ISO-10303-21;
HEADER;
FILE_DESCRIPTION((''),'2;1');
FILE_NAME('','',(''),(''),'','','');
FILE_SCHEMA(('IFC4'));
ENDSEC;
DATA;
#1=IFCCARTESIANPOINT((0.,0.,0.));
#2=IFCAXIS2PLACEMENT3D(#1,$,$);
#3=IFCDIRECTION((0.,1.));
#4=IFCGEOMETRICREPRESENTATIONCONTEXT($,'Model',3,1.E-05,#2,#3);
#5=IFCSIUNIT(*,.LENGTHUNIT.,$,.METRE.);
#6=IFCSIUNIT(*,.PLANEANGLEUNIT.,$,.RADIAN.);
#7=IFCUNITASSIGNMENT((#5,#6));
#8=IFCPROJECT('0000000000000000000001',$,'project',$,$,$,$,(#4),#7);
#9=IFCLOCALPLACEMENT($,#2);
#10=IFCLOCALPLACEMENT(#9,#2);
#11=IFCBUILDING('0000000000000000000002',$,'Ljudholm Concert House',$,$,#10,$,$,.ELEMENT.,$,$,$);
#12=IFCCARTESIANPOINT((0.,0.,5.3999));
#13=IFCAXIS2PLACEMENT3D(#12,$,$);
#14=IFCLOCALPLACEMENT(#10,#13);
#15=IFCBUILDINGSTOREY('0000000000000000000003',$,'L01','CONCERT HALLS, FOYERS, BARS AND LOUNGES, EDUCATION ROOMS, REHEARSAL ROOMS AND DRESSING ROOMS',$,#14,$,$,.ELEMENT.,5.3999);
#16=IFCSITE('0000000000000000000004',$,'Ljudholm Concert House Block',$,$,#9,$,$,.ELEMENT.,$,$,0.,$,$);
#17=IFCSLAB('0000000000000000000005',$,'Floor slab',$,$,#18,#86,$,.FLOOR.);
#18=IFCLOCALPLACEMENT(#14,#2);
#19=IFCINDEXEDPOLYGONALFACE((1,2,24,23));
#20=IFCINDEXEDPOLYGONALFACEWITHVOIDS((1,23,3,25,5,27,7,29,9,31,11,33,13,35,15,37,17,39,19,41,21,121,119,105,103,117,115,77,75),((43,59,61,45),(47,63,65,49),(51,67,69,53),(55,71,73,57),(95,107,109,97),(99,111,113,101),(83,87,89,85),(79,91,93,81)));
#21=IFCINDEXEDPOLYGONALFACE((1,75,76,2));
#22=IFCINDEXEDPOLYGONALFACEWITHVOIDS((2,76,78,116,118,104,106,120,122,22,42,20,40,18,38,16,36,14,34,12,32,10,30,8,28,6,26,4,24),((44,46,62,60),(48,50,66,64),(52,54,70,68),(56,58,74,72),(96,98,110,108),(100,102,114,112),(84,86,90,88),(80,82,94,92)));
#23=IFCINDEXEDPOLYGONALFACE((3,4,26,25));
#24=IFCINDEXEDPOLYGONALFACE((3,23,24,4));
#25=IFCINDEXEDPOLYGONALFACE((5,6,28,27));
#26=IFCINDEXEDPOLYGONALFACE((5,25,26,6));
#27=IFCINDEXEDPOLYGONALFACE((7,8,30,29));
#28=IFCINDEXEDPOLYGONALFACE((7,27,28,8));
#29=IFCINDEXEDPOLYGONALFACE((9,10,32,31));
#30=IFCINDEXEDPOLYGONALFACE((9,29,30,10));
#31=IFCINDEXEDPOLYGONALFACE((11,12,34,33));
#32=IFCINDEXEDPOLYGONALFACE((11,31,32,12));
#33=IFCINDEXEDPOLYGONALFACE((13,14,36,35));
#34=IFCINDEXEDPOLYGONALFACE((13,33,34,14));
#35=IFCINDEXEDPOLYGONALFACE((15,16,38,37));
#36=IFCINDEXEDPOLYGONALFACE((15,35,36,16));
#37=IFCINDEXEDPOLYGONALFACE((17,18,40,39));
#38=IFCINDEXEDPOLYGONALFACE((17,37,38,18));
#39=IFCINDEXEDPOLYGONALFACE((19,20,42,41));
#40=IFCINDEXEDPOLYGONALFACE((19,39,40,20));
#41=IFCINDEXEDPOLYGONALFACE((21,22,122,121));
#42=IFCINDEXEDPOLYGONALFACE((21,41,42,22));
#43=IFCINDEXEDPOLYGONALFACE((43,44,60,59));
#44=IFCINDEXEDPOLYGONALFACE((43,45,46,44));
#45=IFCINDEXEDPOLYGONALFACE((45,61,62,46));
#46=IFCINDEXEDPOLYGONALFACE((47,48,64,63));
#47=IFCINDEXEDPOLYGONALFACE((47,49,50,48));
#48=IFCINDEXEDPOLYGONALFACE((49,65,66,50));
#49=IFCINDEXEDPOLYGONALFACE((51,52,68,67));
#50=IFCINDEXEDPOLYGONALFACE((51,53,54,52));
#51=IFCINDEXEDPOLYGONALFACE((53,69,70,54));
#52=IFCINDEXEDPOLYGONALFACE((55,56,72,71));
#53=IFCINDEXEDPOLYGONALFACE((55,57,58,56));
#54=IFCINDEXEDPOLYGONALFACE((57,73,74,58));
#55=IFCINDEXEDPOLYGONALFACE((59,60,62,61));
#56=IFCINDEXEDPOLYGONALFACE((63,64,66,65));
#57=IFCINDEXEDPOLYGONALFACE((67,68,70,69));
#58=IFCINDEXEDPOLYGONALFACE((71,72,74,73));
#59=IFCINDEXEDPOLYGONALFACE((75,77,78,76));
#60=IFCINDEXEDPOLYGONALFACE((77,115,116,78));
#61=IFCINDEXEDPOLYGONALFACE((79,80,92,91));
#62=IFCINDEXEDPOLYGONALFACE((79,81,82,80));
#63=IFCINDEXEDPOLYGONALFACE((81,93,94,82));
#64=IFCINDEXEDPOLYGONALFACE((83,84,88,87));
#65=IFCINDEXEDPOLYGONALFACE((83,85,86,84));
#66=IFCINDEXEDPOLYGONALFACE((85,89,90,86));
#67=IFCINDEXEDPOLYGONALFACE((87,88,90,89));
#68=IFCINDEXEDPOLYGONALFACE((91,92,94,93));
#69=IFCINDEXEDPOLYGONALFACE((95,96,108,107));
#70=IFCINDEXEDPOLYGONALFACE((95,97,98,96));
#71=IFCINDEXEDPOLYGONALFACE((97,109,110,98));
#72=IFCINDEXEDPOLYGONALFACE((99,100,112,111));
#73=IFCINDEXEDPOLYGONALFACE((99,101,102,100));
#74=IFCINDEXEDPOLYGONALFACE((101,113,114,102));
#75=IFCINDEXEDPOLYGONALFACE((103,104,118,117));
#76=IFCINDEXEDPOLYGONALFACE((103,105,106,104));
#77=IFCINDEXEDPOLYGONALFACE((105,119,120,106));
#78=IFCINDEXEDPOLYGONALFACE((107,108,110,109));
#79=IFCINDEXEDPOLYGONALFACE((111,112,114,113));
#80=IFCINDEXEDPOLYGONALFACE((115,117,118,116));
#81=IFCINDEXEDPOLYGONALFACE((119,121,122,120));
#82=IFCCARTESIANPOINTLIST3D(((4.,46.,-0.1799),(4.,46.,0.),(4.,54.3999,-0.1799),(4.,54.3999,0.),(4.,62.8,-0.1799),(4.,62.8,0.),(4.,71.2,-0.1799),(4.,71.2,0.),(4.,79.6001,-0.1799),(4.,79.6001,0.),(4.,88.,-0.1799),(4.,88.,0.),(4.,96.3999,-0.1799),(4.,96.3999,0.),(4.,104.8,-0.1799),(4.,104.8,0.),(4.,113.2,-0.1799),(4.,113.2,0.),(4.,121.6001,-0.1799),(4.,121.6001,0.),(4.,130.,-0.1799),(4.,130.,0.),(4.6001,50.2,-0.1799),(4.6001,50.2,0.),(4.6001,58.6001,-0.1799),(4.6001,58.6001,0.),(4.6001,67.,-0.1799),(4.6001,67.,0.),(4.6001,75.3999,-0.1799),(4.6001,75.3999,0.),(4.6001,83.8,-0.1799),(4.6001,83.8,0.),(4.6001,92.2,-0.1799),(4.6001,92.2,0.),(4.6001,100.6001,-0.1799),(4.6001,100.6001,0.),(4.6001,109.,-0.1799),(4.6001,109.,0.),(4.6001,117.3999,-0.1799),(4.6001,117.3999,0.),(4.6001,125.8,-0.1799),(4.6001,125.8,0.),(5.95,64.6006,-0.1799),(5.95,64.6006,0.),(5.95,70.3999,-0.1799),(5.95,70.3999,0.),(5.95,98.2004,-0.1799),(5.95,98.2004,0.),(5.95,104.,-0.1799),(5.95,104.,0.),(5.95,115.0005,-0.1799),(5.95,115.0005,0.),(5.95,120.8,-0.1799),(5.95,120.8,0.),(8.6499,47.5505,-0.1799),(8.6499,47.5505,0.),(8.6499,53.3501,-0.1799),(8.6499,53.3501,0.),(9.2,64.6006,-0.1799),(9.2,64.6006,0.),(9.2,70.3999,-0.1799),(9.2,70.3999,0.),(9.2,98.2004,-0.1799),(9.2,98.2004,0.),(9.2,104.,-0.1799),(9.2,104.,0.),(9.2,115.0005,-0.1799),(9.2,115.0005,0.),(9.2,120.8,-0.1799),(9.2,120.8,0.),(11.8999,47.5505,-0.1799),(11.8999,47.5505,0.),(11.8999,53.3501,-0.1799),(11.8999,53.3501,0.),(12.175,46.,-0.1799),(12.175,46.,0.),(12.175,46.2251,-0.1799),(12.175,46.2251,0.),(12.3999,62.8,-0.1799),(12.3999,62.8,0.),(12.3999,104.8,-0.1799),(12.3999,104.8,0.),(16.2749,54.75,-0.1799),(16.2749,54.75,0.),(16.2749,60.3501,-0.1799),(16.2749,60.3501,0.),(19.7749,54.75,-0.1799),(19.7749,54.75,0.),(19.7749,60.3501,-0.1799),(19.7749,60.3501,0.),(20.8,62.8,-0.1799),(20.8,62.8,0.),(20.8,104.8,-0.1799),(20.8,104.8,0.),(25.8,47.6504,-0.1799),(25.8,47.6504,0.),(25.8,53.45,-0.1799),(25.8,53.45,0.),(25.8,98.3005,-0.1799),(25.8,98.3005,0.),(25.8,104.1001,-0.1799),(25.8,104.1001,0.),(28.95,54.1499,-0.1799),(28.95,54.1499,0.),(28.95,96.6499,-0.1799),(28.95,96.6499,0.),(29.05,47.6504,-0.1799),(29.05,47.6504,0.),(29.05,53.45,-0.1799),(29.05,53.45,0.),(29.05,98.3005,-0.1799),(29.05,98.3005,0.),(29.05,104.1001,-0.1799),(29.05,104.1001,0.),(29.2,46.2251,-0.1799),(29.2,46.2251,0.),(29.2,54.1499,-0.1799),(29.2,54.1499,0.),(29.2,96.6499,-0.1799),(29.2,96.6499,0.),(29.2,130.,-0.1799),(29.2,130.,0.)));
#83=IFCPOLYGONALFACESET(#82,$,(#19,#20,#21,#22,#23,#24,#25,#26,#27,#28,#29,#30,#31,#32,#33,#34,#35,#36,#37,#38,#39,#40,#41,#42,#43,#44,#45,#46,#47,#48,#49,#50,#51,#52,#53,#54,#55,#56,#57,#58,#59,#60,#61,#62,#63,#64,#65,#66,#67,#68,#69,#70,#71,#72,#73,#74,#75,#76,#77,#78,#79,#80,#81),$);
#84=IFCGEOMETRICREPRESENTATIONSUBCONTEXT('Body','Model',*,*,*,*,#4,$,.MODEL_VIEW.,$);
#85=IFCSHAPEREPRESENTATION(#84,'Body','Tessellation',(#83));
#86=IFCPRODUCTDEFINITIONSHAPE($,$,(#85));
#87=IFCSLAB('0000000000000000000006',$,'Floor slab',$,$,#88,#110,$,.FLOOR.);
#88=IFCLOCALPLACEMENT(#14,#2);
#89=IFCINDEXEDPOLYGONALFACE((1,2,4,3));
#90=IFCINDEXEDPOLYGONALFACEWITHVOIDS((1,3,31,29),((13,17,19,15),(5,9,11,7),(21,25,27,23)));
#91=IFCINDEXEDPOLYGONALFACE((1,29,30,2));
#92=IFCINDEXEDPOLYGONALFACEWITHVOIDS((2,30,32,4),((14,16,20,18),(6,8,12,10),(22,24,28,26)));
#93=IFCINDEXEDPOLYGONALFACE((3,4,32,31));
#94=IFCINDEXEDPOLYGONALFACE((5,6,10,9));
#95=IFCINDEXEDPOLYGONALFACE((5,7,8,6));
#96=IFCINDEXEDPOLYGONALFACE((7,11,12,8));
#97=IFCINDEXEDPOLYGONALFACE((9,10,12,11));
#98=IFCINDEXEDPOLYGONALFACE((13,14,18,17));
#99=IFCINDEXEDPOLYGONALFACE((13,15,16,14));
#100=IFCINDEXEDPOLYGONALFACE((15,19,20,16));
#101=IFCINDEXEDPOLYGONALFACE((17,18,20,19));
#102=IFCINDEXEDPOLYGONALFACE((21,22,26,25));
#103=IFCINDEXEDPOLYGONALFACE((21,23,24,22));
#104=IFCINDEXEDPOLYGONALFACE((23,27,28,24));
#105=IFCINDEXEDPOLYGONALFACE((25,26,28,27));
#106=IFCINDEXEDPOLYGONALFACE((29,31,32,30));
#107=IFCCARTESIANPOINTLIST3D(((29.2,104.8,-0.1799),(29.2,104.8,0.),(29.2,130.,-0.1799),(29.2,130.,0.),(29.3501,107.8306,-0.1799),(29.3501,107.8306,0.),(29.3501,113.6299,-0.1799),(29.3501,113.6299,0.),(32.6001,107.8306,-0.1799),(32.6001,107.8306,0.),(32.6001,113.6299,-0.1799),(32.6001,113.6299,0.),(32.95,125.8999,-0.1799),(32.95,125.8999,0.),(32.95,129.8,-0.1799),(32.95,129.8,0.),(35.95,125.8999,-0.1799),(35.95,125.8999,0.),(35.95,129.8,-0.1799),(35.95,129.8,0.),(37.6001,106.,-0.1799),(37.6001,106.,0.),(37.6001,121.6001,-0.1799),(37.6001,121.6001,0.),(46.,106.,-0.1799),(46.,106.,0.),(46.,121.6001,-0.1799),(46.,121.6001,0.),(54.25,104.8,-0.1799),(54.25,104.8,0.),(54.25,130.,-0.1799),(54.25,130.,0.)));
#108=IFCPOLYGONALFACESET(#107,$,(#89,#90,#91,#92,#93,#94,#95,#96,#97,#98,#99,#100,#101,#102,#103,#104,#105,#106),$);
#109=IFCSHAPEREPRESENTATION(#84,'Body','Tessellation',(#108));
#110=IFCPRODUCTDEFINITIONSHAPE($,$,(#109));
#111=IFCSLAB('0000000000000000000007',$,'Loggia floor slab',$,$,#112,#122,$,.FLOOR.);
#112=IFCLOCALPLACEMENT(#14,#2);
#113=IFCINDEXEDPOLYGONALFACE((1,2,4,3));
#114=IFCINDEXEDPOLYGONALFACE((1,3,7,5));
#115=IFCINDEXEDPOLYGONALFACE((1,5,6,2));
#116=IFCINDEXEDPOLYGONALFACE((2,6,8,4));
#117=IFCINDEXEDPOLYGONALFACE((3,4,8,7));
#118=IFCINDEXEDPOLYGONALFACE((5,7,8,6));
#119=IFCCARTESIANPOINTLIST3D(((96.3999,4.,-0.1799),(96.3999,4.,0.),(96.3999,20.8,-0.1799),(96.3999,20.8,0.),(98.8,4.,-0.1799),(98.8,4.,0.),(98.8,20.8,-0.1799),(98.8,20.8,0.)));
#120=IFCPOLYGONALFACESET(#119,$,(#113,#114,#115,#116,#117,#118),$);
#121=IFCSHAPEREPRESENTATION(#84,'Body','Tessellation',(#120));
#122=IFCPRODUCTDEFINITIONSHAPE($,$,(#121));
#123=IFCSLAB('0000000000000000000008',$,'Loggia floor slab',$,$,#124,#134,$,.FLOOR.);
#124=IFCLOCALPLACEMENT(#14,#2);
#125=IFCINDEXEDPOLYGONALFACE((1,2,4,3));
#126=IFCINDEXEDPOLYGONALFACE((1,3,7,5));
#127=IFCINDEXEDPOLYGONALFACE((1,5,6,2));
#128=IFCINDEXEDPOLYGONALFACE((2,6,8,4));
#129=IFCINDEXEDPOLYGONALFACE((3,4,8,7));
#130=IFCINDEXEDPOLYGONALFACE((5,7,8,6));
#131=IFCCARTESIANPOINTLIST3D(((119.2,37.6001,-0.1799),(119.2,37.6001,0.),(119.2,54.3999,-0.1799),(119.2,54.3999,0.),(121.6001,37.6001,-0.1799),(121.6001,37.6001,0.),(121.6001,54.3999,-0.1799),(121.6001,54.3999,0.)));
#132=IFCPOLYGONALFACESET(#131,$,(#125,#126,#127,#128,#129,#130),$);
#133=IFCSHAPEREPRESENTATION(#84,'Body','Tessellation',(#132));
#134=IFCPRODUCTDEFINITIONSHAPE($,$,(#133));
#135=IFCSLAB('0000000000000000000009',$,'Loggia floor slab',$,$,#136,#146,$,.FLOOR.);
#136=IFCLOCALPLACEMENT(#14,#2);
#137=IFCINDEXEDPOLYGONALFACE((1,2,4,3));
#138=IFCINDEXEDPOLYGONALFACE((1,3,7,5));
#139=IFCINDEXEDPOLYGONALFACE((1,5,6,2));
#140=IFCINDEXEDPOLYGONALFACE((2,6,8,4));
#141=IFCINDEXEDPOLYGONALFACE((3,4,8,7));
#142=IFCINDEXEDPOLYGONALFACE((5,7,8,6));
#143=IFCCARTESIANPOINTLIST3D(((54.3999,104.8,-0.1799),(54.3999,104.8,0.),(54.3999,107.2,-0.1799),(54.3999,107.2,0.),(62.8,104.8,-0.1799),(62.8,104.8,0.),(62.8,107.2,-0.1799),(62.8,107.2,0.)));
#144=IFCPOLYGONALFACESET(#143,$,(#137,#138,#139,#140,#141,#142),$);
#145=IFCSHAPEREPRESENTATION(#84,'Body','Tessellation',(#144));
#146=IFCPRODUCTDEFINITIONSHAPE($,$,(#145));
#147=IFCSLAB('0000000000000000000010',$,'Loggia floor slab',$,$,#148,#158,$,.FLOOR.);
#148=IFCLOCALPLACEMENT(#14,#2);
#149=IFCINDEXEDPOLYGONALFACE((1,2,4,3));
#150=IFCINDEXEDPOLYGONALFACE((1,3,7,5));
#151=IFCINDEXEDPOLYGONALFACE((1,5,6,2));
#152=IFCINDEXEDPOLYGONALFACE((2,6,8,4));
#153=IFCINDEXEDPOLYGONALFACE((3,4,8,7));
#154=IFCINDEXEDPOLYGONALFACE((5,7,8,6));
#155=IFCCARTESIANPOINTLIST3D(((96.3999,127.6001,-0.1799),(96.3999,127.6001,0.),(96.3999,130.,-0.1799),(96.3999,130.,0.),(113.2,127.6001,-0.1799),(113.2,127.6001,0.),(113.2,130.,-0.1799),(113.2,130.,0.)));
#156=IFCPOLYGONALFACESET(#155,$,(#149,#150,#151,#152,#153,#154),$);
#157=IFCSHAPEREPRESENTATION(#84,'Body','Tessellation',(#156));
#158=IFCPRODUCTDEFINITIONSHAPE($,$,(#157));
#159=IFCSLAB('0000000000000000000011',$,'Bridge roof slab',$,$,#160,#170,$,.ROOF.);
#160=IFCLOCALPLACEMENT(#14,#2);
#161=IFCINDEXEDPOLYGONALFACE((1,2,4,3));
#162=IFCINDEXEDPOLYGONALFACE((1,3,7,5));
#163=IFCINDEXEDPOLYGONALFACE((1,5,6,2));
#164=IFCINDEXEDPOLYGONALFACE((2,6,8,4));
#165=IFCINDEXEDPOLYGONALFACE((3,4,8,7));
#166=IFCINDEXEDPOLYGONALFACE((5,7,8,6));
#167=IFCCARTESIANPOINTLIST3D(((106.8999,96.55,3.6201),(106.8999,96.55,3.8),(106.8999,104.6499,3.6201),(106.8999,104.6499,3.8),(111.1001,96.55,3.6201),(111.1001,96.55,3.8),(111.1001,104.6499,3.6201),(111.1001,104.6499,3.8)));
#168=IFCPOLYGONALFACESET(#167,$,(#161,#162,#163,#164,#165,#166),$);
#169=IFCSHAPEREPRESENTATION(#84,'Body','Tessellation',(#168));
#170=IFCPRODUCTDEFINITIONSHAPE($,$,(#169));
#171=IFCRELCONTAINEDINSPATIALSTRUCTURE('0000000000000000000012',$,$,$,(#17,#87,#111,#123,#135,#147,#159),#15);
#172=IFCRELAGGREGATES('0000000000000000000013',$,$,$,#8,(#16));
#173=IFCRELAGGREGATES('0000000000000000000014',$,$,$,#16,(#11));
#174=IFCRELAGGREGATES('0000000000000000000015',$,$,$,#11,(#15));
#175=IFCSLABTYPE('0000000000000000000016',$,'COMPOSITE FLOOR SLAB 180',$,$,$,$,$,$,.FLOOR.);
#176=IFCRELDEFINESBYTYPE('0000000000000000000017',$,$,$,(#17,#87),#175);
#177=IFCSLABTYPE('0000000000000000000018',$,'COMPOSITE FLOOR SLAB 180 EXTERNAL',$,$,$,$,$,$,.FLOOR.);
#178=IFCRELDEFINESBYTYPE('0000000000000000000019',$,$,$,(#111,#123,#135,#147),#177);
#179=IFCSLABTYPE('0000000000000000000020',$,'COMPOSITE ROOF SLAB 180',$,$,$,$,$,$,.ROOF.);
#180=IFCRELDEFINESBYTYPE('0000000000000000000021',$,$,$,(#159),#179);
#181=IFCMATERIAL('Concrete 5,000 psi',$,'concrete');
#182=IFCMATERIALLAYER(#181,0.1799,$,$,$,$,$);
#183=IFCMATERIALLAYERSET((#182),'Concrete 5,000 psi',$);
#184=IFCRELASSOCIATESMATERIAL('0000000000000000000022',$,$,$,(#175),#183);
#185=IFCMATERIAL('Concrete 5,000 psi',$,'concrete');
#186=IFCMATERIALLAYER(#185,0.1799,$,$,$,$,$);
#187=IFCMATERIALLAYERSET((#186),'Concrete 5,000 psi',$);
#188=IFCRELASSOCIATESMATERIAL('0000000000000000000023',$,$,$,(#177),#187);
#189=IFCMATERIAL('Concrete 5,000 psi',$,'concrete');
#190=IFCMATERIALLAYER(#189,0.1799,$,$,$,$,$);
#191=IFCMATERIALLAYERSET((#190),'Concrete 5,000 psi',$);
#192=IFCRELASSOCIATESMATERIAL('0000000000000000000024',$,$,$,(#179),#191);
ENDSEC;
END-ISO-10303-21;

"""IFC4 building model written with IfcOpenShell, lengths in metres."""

from ifc_helpers import new_model, si_unit, direction, frame, origin, place, context, subcontext, project, spatial, polyline, outline, extrude, material, layer, layer_set, type_object, element, save


model = new_model("IFC4")

# Units and contexts
model_context = context("Model", 3, precision=1e-05, world=origin(), true_north=direction((0.0, 1.0)))
body_context = subcontext(model_context, "Body", "Model", "MODEL_VIEW")
ifc_project = project(units=[si_unit("LENGTHUNIT", "METRE"), si_unit("PLANEANGLEUNIT", "RADIAN")], contexts=[model_context])

# Site, building, storey
site_placement = place(None, origin())
site = spatial("IfcSite", under=ifc_project, at=site_placement, Name="Ljudholm Concert House Block", CompositionType="ELEMENT", RefElevation=0.0)
building_placement = place(site_placement, origin())
building = spatial("IfcBuilding", under=site, at=building_placement, Name="Ljudholm Concert House", CompositionType="ELEMENT")
storey_placement = place(building_placement, frame((0.0, 0.0, 5.3999)))
storey = spatial("IfcBuildingStorey", under=building, at=storey_placement, Name="L01", Description="CONCERT HALLS, FOYERS, BARS AND LOUNGES, EDUCATION ROOMS, REHEARSAL ROOMS AND DRESSING ROOMS", CompositionType="ELEMENT", Elevation=5.3999)

# Slabs
ifc_material_1 = material(Name="Concrete 5,000 psi", Category="concrete")
ifc_layer_1 = layer(ifc_material_1, 0.1799)
ifc_layer_set_1 = layer_set([ifc_layer_1], Name="Concrete 5,000 psi")
slab_type_1 = type_object("IfcSlabType", Name="COMPOSITE FLOOR SLAB 180", PredefinedType="FLOOR", material=ifc_layer_set_1)
slab_1_placement = place(storey_placement, frame((0.0, 0.0, -0.1799)))
element("IfcSlab", 1, at=slab_1_placement, inside=storey, type_object=slab_type_1, Name="Floor slab", PredefinedType="FLOOR", context=body_context, shape_type="SweptSolid", body=[
    extrude(outline(polyline([(4.6001, 50.2), (4.0, 46.0), (12.175, 46.0), (12.175, 46.2251), (29.2, 46.2251), (29.2, 54.1499), (28.95, 54.1499), (28.95, 96.6499), (29.2, 96.6499), (29.2, 130.0), (4.0, 130.0), (4.6001, 125.8), (4.0, 121.6001), (4.6001, 117.3999), (4.0, 113.2), (4.6001, 109.0), (4.0, 104.8), (4.6001, 100.6001), (4.0, 96.3999), (4.6001, 92.2), (4.0, 88.0), (4.6001, 83.8), (4.0, 79.6001), (4.6001, 75.3999), (4.0, 71.2), (4.6001, 67.0), (4.0, 62.8), (4.6001, 58.6001), (4.0, 54.3999), (4.6001, 50.2)]), holes=[polyline([(11.8999, 53.3501), (11.8999, 47.5505), (8.6499, 47.5505), (8.6499, 53.3501), (11.8999, 53.3501)]), polyline([(9.2, 70.3999), (9.2, 64.6006), (5.95, 64.6006), (5.95, 70.3999), (9.2, 70.3999)]), polyline([(9.2, 104.0), (9.2, 98.2004), (5.95, 98.2004), (5.95, 104.0), (9.2, 104.0)]), polyline([(9.2, 120.8), (9.2, 115.0005), (5.95, 115.0005), (5.95, 120.8), (9.2, 120.8)]), polyline([(29.05, 53.45), (29.05, 47.6504), (25.8, 47.6504), (25.8, 53.45), (29.05, 53.45)]), polyline([(16.2749, 54.75), (16.2749, 60.3501), (19.7749, 60.3501), (19.7749, 54.75), (16.2749, 54.75)]), polyline([(20.8, 62.8), (12.3999, 62.8), (12.3999, 104.8), (20.8, 104.8), (20.8, 62.8)]), polyline([(29.05, 104.1001), (29.05, 98.3005), (25.8, 98.3005), (25.8, 104.1001), (29.05, 104.1001)])]), origin(), (0.0, 0.0, 1.0), 0.1799),
])
slab_2_placement = place(storey_placement, frame((0.0, 0.0, -0.1799)))
element("IfcSlab", 2, at=slab_2_placement, inside=storey, type_object=slab_type_1, Name="Floor slab", PredefinedType="FLOOR", context=body_context, shape_type="SweptSolid", body=[
    extrude(outline(polyline([(29.2, 104.8), (54.25, 104.8), (54.25, 130.0), (29.2, 130.0), (29.2, 104.8)]), holes=[polyline([(46.0, 121.6001), (46.0, 106.0), (37.6001, 106.0), (37.6001, 121.6001), (46.0, 121.6001)]), polyline([(29.3501, 107.8306), (29.3501, 113.6299), (32.6001, 113.6299), (32.6001, 107.8306), (29.3501, 107.8306)]), polyline([(32.95, 125.8999), (32.95, 129.8), (35.95, 129.8), (35.95, 125.8999), (32.95, 125.8999)])]), origin(), (0.0, 0.0, 1.0), 0.1799),
])
ifc_material_2 = material(Name="Concrete 5,000 psi", Category="concrete")
ifc_layer_2 = layer(ifc_material_2, 0.1799)
ifc_layer_set_2 = layer_set([ifc_layer_2], Name="Concrete 5,000 psi")
slab_type_2 = type_object("IfcSlabType", Name="COMPOSITE FLOOR SLAB 180 EXTERNAL", PredefinedType="FLOOR", material=ifc_layer_set_2)
slab_3_placement = place(storey_placement, frame((0.0, 0.0, -0.1799)))
element("IfcSlab", 3, at=slab_3_placement, inside=storey, type_object=slab_type_2, Name="Loggia floor slab", PredefinedType="FLOOR", context=body_context, shape_type="SweptSolid", body=[
    extrude(outline(polyline([(96.3999, 4.0), (98.8, 4.0), (98.8, 20.8), (96.3999, 20.8), (96.3999, 4.0)])), origin(), (0.0, 0.0, 1.0), 0.1799),
])
slab_4_placement = place(storey_placement, frame((0.0, 0.0, -0.1799)))
element("IfcSlab", 4, at=slab_4_placement, inside=storey, type_object=slab_type_2, Name="Loggia floor slab", PredefinedType="FLOOR", context=body_context, shape_type="SweptSolid", body=[
    extrude(outline(polyline([(119.2, 37.6001), (121.6001, 37.6001), (121.6001, 54.3999), (119.2, 54.3999), (119.2, 37.6001)])), origin(), (0.0, 0.0, 1.0), 0.1799),
])
slab_5_placement = place(storey_placement, frame((0.0, 0.0, -0.1799)))
element("IfcSlab", 5, at=slab_5_placement, inside=storey, type_object=slab_type_2, Name="Loggia floor slab", PredefinedType="FLOOR", context=body_context, shape_type="SweptSolid", body=[
    extrude(outline(polyline([(54.3999, 104.8), (62.8, 104.8), (62.8, 107.2), (54.3999, 107.2), (54.3999, 104.8)])), origin(), (0.0, 0.0, 1.0), 0.1799),
])
slab_6_placement = place(storey_placement, frame((0.0, 0.0, -0.1799)))
element("IfcSlab", 6, at=slab_6_placement, inside=storey, type_object=slab_type_2, Name="Loggia floor slab", PredefinedType="FLOOR", context=body_context, shape_type="SweptSolid", body=[
    extrude(outline(polyline([(96.3999, 127.6001), (113.2, 127.6001), (113.2, 130.0), (96.3999, 130.0), (96.3999, 127.6001)])), origin(), (0.0, 0.0, 1.0), 0.1799),
])
ifc_material_3 = material(Name="Concrete 5,000 psi", Category="concrete")
ifc_layer_3 = layer(ifc_material_3, 0.1799)
ifc_layer_set_3 = layer_set([ifc_layer_3], Name="Concrete 5,000 psi")
slab_type_3 = type_object("IfcSlabType", Name="COMPOSITE ROOF SLAB 180", PredefinedType="ROOF", material=ifc_layer_set_3)
slab_7_placement = place(storey_placement, frame((0.0, 0.0, 3.6201)))
element("IfcSlab", 7, at=slab_7_placement, inside=storey, type_object=slab_type_3, Name="Bridge roof slab", PredefinedType="ROOF", context=body_context, shape_type="SweptSolid", body=[
    extrude(outline(polyline([(106.8999, 96.55), (111.1001, 96.55), (111.1001, 104.6499), (106.8999, 104.6499), (106.8999, 96.55)])), origin(), (0.0, 0.0, 1.0), 0.1799),
])

save(model, "model.ifc")
